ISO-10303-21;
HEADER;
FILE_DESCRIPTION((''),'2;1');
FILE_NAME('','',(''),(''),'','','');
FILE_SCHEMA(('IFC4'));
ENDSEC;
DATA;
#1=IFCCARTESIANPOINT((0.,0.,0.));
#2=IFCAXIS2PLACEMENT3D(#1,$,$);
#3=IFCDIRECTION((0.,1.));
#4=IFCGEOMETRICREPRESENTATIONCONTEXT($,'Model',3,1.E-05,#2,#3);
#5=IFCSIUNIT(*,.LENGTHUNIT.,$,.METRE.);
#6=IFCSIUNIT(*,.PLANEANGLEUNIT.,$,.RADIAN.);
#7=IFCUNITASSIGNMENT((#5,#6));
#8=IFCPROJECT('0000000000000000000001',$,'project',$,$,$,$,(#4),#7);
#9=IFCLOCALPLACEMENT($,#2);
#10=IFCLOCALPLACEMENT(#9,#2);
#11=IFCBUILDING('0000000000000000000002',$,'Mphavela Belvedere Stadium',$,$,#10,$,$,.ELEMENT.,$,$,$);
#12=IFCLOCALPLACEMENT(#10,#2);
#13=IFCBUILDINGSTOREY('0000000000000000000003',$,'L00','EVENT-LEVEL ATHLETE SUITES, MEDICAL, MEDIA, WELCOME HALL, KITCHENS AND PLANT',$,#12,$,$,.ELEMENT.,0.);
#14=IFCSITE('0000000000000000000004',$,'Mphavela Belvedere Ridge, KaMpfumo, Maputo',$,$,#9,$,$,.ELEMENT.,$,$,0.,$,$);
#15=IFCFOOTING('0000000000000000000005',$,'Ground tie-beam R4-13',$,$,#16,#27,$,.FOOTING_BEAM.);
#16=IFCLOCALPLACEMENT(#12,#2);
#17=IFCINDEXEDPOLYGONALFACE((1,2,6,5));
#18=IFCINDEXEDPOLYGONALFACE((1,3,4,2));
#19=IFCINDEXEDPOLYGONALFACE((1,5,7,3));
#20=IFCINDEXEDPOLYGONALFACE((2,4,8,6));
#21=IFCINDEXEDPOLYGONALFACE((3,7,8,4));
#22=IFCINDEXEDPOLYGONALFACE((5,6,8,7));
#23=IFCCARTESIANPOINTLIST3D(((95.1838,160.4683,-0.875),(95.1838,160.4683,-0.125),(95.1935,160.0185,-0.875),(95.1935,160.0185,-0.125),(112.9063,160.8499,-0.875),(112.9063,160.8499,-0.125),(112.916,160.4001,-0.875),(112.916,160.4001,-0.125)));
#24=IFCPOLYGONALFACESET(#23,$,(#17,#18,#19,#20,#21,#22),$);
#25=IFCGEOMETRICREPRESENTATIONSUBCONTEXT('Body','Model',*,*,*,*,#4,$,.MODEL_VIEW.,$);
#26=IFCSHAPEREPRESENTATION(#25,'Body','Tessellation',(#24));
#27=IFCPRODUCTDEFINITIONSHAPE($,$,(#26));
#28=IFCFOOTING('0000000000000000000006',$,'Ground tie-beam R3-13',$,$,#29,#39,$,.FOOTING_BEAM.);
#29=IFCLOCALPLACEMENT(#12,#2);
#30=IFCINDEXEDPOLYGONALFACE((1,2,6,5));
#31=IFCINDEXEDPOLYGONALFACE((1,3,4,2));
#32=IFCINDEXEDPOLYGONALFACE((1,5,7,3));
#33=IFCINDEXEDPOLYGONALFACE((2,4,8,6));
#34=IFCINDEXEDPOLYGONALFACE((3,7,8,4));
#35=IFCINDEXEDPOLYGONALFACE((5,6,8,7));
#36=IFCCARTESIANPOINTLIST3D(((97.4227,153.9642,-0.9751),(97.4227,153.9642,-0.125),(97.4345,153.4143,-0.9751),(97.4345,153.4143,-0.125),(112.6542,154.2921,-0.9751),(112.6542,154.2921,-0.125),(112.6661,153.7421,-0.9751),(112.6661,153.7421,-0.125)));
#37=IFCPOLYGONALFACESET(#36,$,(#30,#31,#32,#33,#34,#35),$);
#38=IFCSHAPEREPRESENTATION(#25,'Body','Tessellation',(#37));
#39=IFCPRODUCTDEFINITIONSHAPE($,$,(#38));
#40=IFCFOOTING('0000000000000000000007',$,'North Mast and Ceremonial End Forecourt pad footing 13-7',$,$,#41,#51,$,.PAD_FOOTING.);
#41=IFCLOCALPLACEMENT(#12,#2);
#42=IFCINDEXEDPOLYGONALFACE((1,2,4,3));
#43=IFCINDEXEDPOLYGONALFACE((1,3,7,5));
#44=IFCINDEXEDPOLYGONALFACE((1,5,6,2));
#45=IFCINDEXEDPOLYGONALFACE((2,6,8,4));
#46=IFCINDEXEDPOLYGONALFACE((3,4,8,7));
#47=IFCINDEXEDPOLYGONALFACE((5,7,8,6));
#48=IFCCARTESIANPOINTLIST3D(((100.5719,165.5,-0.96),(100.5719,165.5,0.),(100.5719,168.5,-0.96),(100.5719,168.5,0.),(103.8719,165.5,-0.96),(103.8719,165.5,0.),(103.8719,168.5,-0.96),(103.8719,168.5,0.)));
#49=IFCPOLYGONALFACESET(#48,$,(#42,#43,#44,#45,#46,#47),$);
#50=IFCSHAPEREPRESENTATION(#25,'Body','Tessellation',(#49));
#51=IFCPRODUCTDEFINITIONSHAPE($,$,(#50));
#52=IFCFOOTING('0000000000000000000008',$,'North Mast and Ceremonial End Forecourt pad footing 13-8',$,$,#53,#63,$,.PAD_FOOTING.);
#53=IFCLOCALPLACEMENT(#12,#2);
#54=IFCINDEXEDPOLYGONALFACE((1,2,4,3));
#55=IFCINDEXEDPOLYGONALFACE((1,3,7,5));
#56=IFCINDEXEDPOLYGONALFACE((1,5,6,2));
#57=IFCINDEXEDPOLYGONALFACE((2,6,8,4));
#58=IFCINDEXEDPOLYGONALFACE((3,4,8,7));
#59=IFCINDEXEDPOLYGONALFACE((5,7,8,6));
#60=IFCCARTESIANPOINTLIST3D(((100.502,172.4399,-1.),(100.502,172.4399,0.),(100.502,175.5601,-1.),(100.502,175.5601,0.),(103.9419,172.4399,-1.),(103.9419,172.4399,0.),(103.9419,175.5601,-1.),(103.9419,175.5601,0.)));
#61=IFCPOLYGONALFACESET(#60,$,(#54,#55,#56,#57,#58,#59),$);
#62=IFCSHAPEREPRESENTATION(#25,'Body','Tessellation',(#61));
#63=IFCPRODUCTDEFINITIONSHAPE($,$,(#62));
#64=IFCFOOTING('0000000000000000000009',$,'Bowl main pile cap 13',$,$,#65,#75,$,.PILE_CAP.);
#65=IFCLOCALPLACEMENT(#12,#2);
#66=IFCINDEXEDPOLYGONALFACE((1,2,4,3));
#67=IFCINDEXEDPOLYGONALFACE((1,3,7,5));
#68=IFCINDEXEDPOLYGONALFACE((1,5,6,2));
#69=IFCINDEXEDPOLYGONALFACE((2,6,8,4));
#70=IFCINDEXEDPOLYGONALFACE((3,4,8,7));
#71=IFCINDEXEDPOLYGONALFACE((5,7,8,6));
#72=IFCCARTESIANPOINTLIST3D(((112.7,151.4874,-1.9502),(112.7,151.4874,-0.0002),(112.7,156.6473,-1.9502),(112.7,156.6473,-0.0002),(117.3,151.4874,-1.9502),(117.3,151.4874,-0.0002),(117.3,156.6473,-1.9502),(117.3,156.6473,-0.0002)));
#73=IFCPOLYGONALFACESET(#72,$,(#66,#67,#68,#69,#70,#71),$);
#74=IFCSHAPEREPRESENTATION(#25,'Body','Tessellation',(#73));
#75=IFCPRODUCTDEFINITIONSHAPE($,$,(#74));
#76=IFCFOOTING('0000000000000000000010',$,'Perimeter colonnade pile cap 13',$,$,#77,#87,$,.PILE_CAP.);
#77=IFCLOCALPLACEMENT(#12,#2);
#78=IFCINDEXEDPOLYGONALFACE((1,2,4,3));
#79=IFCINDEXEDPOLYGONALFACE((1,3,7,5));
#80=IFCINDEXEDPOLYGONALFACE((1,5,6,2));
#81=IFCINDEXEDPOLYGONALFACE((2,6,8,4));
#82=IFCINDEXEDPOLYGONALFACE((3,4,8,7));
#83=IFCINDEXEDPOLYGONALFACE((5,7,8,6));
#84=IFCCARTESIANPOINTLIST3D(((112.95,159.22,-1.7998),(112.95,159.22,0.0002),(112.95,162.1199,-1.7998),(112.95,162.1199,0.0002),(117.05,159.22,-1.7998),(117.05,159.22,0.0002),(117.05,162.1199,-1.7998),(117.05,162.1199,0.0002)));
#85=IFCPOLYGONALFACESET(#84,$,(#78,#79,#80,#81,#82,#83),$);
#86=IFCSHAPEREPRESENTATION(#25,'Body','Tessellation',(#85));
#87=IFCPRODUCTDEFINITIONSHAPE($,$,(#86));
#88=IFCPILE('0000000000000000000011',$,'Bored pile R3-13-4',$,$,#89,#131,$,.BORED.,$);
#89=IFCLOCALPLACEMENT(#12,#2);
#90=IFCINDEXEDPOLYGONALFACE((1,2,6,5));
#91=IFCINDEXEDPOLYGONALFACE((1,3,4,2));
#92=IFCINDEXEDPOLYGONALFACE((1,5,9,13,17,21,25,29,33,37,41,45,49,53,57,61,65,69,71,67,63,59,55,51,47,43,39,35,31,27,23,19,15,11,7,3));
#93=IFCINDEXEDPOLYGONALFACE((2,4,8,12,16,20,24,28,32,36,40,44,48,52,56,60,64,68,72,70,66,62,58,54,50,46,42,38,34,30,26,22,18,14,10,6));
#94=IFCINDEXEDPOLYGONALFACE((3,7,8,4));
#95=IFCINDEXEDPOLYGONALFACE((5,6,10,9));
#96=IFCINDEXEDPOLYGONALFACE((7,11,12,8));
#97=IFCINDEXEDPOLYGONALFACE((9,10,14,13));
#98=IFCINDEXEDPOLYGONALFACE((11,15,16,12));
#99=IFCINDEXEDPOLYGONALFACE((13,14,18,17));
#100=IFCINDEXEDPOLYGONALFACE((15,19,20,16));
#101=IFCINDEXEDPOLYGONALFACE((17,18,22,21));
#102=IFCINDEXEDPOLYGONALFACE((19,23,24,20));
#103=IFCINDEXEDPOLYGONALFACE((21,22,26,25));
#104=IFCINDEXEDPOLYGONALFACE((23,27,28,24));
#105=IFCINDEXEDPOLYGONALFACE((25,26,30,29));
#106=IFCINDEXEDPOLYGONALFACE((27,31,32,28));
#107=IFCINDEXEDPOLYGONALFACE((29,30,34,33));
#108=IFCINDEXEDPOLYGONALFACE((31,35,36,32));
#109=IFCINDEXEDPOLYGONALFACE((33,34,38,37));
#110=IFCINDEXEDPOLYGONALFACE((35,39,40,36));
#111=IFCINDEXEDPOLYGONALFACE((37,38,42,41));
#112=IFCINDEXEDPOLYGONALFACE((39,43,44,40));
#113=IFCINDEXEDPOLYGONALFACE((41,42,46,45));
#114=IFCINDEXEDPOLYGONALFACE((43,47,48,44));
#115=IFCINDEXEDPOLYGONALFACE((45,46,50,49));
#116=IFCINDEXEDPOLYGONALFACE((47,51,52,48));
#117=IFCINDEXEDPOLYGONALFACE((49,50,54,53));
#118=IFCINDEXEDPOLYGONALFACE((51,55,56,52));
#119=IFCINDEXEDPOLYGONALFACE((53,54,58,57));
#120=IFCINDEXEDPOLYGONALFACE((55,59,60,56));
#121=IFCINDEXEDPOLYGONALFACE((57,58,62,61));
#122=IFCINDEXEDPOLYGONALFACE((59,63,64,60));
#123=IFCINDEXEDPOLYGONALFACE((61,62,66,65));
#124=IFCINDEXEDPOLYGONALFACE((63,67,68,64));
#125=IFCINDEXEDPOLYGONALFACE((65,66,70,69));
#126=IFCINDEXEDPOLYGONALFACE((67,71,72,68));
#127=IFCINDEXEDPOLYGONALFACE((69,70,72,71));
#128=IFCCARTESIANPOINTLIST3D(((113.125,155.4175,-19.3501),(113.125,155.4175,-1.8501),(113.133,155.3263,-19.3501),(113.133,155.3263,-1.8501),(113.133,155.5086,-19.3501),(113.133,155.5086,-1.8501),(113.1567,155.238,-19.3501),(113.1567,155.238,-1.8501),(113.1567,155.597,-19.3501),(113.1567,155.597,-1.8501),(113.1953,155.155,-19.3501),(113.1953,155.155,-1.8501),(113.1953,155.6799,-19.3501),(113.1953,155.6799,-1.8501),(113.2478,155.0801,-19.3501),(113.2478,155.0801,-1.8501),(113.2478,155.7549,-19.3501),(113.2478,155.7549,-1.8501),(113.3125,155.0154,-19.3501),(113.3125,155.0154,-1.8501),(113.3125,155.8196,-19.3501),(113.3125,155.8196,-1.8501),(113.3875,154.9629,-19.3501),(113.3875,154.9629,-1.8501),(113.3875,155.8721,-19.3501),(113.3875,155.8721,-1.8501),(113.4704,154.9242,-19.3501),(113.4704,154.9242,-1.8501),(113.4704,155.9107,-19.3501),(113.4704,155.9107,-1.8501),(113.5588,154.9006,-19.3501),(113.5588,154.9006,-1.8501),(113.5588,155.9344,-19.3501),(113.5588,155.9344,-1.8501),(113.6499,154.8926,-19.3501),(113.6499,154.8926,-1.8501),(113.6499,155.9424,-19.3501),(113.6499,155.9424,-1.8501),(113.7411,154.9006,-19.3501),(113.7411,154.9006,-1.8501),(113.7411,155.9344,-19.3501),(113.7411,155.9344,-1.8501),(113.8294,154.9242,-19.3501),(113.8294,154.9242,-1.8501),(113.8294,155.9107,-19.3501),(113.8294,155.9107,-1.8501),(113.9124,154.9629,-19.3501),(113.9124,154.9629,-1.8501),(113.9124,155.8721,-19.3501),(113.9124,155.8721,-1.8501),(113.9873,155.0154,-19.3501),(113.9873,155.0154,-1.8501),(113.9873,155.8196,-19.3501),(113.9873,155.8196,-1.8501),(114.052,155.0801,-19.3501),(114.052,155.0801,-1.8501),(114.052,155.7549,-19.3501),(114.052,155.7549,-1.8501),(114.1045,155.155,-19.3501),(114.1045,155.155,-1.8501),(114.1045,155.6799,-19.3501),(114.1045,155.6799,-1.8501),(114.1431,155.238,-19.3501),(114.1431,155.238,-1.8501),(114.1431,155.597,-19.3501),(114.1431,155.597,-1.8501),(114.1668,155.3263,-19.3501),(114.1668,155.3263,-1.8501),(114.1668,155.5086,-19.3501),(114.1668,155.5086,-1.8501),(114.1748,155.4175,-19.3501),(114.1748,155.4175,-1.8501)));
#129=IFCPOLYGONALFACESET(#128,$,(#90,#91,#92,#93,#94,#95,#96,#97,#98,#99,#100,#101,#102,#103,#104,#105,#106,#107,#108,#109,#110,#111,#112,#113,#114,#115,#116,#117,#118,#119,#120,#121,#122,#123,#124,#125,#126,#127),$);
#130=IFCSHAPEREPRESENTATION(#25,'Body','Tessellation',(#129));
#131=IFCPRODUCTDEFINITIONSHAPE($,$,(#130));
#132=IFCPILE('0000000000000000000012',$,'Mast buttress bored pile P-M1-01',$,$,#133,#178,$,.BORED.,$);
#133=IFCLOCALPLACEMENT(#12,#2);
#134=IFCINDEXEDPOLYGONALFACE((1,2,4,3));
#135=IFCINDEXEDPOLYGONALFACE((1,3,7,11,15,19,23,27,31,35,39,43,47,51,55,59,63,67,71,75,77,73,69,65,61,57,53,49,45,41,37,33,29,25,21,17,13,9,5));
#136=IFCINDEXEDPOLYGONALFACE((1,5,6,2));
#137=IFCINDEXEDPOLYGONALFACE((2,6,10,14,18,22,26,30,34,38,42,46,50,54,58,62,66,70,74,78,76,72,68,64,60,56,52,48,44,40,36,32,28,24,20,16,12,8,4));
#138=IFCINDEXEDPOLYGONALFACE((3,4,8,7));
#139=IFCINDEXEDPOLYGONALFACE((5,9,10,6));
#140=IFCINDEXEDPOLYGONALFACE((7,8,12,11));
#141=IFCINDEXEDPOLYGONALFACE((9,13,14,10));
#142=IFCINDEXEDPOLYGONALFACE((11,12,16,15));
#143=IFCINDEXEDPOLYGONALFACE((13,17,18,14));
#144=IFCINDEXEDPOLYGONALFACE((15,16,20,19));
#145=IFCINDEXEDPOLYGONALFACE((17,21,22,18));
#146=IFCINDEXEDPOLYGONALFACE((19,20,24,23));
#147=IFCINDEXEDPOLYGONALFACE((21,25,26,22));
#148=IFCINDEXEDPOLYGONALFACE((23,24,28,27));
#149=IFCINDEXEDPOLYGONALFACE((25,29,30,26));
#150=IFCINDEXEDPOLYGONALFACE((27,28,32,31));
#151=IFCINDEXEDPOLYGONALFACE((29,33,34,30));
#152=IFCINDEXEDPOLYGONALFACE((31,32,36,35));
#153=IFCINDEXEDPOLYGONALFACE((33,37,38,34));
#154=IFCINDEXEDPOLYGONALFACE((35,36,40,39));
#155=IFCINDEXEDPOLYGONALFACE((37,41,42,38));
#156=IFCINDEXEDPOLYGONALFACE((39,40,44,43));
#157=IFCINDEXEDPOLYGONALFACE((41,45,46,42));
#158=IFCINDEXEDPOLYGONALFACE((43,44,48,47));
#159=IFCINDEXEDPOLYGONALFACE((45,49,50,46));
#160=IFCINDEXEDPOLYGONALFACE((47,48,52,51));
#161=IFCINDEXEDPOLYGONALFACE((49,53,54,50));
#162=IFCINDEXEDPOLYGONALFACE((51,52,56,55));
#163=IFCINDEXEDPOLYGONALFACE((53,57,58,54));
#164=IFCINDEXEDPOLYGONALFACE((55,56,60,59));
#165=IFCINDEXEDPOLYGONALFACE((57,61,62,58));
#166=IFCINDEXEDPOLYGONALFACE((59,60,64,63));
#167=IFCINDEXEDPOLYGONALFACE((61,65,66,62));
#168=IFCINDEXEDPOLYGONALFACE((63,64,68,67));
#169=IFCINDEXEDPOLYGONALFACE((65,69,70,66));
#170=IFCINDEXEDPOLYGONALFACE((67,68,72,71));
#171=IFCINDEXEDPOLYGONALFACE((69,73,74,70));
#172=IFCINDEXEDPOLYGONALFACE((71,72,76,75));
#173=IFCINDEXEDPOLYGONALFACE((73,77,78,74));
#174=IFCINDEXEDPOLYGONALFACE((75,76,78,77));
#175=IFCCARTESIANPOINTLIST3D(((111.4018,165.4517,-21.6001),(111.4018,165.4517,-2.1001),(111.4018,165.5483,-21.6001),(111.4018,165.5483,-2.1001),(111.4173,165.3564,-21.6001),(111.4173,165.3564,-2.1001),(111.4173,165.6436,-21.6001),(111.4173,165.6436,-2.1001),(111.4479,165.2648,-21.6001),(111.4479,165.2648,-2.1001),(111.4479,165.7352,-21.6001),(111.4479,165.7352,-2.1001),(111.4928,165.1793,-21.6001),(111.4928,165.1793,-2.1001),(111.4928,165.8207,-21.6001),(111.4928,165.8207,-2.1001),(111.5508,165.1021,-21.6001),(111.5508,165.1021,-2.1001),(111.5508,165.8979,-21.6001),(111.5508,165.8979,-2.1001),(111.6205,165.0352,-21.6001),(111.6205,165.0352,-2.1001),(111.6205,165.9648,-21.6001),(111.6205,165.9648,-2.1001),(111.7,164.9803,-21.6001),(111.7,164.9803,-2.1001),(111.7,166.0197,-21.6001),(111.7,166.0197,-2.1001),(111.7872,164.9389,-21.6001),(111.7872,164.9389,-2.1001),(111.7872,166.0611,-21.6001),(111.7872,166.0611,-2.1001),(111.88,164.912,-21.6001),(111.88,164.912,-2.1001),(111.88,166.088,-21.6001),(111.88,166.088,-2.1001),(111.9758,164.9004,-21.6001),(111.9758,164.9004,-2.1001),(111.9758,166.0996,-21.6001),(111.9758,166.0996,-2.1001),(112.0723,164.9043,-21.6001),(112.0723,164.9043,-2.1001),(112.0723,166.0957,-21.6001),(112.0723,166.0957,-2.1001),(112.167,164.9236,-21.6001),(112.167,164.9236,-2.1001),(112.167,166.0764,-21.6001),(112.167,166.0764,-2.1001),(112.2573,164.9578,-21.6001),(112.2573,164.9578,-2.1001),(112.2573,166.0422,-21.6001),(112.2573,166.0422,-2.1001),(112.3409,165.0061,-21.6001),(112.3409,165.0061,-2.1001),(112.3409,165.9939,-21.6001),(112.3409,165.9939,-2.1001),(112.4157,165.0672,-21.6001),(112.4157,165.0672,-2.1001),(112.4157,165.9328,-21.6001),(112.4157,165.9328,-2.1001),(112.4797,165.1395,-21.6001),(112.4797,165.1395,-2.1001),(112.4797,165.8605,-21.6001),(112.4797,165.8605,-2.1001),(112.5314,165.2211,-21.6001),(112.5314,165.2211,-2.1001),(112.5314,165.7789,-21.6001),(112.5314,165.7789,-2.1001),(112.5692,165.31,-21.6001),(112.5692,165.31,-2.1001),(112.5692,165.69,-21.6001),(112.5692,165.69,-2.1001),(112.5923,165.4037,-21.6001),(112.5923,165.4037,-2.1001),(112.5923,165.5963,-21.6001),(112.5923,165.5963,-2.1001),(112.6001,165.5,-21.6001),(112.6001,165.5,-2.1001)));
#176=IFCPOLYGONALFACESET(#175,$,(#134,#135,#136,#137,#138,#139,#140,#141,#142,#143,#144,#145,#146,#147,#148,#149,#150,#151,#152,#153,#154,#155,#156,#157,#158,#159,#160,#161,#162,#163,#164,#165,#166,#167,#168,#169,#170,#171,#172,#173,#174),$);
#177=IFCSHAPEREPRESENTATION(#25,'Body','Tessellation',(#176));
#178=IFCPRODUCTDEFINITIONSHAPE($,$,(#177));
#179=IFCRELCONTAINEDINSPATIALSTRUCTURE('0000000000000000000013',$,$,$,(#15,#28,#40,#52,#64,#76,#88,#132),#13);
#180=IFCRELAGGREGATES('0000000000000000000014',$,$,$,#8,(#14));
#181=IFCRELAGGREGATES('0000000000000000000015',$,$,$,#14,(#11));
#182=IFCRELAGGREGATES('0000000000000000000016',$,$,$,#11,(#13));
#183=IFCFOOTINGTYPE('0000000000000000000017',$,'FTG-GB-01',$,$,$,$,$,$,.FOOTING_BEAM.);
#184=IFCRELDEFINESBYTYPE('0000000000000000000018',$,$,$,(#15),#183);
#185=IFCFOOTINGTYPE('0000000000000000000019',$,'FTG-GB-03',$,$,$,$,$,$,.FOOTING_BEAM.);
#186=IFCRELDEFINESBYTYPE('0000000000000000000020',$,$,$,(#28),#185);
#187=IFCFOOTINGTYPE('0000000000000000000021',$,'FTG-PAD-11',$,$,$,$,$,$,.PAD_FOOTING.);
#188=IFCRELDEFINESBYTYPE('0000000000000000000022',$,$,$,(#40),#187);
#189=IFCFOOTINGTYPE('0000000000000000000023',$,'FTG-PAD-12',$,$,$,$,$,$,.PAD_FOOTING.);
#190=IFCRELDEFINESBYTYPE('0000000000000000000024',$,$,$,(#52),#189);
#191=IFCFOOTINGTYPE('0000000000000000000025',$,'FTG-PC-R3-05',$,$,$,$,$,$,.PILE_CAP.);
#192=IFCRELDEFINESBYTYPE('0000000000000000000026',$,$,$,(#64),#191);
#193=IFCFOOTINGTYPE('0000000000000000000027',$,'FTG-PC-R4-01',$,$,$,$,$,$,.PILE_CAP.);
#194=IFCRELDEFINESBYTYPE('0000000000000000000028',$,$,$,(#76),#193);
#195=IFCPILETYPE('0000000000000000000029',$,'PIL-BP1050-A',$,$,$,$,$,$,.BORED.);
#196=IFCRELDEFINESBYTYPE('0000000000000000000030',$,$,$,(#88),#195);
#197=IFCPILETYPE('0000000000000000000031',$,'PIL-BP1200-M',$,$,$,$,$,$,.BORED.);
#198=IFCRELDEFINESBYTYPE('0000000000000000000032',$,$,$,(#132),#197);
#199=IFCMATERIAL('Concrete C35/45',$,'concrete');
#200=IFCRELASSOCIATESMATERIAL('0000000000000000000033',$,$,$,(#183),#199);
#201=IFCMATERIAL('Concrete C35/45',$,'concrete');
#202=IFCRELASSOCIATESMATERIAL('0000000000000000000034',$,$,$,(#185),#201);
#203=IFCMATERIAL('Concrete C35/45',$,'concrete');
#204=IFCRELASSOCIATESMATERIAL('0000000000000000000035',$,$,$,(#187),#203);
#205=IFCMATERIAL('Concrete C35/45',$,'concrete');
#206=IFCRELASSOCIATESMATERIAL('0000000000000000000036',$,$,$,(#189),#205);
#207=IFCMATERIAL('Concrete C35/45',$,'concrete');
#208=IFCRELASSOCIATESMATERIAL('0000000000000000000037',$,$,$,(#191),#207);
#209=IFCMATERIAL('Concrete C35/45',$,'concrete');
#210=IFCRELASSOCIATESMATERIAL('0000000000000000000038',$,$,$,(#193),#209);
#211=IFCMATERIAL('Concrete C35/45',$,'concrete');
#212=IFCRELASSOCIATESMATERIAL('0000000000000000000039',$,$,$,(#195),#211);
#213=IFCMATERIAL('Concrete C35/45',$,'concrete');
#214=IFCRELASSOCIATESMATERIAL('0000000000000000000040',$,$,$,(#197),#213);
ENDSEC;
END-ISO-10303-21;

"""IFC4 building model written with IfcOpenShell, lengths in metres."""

from ifc_helpers import new_model, si_unit, direction, frame, origin, origin_2d, place, context, subcontext, project, spatial, rectangle, circle, extrude, material, material_profile, profile_set, type_object, element, save


model = new_model("IFC4")

# Units and contexts
model_context = context("Model", 3, precision=1e-05, world=origin(), true_north=direction((0.0, 1.0)))
body_context = subcontext(model_context, "Body", "Model", "MODEL_VIEW")
ifc_project = project(units=[si_unit("LENGTHUNIT", "METRE"), si_unit("PLANEANGLEUNIT", "RADIAN")], contexts=[model_context])

# Site, building, storey
site_placement = place(None, origin())
site = spatial("IfcSite", under=ifc_project, at=site_placement, Name="Mphavela Belvedere Ridge, KaMpfumo, Maputo", CompositionType="ELEMENT", RefElevation=0.0)
building_placement = place(site_placement, origin())
building = spatial("IfcBuilding", under=site, at=building_placement, Name="Mphavela Belvedere Stadium", CompositionType="ELEMENT")
storey_placement = place(building_placement, origin())
storey = spatial("IfcBuildingStorey", under=building, at=storey_placement, Name="L00", Description="EVENT-LEVEL ATHLETE SUITES, MEDICAL, MEDIA, WELCOME HALL, KITCHENS AND PLANT", CompositionType="ELEMENT", Elevation=0.0)

# Footings
ifc_material_1 = material(Name="Concrete C35/45", Category="concrete")
ifc_material_profile_1 = material_profile(ifc_material_1, rectangle(XDim=0.45, YDim=0.75, at=origin_2d()), Name="GB 450x750")
ifc_profile_set_1 = profile_set([ifc_material_profile_1], Name="Concrete C35/45")
footing_type_1 = type_object("IfcFootingType", Name="FTG-GB-01", PredefinedType="FOOTING_BEAM", material=ifc_profile_set_1)
footing_1_placement = place(storey_placement, frame((112.9111, 160.625, -0.5), z_axis=(-0.999768, -0.021527, 0.0), x_axis=(0.021527, -0.999768, 0.0)))
element("IfcFooting", 1, at=footing_1_placement, inside=storey, type_object=footing_type_1, Name="Ground tie-beam R4-13", PredefinedType="FOOTING_BEAM", context=body_context, shape_type="SweptSolid", body=[
    extrude(rectangle(XDim=0.45, YDim=0.75, at=origin_2d()), origin(), (0.0, 0.0, 1.0), 17.7266),
])
ifc_material_2 = material(Name="Concrete C35/45", Category="concrete")
ifc_material_profile_2 = material_profile(ifc_material_2, rectangle(XDim=0.55, YDim=0.8501, at=origin_2d()), Name="GB 550x850")
ifc_profile_set_2 = profile_set([ifc_material_profile_2], Name="Concrete C35/45")
footing_type_2 = type_object("IfcFootingType", Name="FTG-GB-03", PredefinedType="FOOTING_BEAM", material=ifc_profile_set_2)
footing_2_placement = place(storey_placement, frame((112.6602, 154.0171, -0.55), z_axis=(-0.999768, -0.021521, 0.0), x_axis=(0.021521, -0.999768, 0.0)))
element("IfcFooting", 2, at=footing_2_placement, inside=storey, type_object=footing_type_2, Name="Ground tie-beam R3-13", PredefinedType="FOOTING_BEAM", context=body_context, shape_type="SweptSolid", body=[
    extrude(rectangle(XDim=0.55, YDim=0.8501, at=origin_2d()), origin(), (0.0, 0.0, 1.0), 15.2351),
])
ifc_material_3 = material(Name="Concrete C35/45", Category="concrete")
footing_type_3 = type_object("IfcFootingType", Name="FTG-PAD-11", PredefinedType="PAD_FOOTING", material=ifc_material_3)
footing_3_placement = place(storey_placement, frame((102.2219, 167.0, -0.96), z_axis=(0.0, 0.0, 1.0), x_axis=(1.0, 0.0, 0.0)))
element("IfcFooting", 3, at=footing_3_placement, inside=storey, type_object=footing_type_3, Name="North Mast and Ceremonial End Forecourt pad footing 13-7", PredefinedType="PAD_FOOTING", context=body_context, shape_type="SweptSolid", body=[
    extrude(rectangle(XDim=3.3, YDim=3.0, at=origin_2d()), origin(), (0.0, 0.0, 1.0), 0.96),
])
ifc_material_4 = material(Name="Concrete C35/45", Category="concrete")
footing_type_4 = type_object("IfcFootingType", Name="FTG-PAD-12", PredefinedType="PAD_FOOTING", material=ifc_material_4)
footing_4_placement = place(storey_placement, frame((102.2219, 174.0, -1.0), z_axis=(0.0, 0.0, 1.0), x_axis=(1.0, 0.0, 0.0)))
element("IfcFooting", 4, at=footing_4_placement, inside=storey, type_object=footing_type_4, Name="North Mast and Ceremonial End Forecourt pad footing 13-8", PredefinedType="PAD_FOOTING", context=body_context, shape_type="SweptSolid", body=[
    extrude(rectangle(XDim=3.4399, YDim=3.1201, at=origin_2d()), origin(), (0.0, 0.0, 1.0), 1.0),
])
ifc_material_5 = material(Name="Concrete C35/45", Category="concrete")
footing_type_5 = type_object("IfcFootingType", Name="FTG-PC-R3-05", PredefinedType="PILE_CAP", material=ifc_material_5)
footing_5_placement = place(storey_placement, frame((115.0, 154.0674, -1.9502), z_axis=(0.0, 0.0, 1.0), x_axis=(0.0, 1.0, 0.0)))
element("IfcFooting", 5, at=footing_5_placement, inside=storey, type_object=footing_type_5, Name="Bowl main pile cap 13", PredefinedType="PILE_CAP", context=body_context, shape_type="SweptSolid", body=[
    extrude(rectangle(XDim=5.1599, YDim=4.6001, at=origin_2d()), origin(), (0.0, 0.0, 1.0), 1.95),
])
ifc_material_6 = material(Name="Concrete C35/45", Category="concrete")
footing_type_6 = type_object("IfcFootingType", Name="FTG-PC-R4-01", PredefinedType="PILE_CAP", material=ifc_material_6)
footing_6_placement = place(storey_placement, frame((115.0, 160.6699, -1.7998), z_axis=(0.0, 0.0, 1.0), x_axis=(-1.0, 0.0, 0.0)))
element("IfcFooting", 6, at=footing_6_placement, inside=storey, type_object=footing_type_6, Name="Perimeter colonnade pile cap 13", PredefinedType="PILE_CAP", context=body_context, shape_type="SweptSolid", body=[
    extrude(rectangle(XDim=4.1001, YDim=2.8999, at=origin_2d()), origin(), (0.0, 0.0, 1.0), 1.8),
])

# Piles
ifc_material_7 = material(Name="Concrete C35/45", Category="concrete")
ifc_material_profile_3 = material_profile(ifc_material_7, circle(Radius=0.5249, at=origin_2d()), Name="BP D1050")
ifc_profile_set_3 = profile_set([ifc_material_profile_3], Name="Concrete C35/45")
pile_type_1 = type_object("IfcPileType", Name="PIL-BP1050-A", PredefinedType="BORED", material=ifc_profile_set_3)
pile_1_placement = place(storey_placement, frame((113.6499, 155.4175, -1.8501), z_axis=(0.0, 0.0, -1.0), x_axis=(1.0, 0.0, 0.0)))
element("IfcPile", 7, at=pile_1_placement, inside=storey, type_object=pile_type_1, Name="Bored pile R3-13-4", PredefinedType="BORED", context=body_context, shape_type="SweptSolid", body=[
    extrude(circle(Radius=0.5249, at=origin_2d()), origin(), (0.0, 0.0, 1.0), 17.5),
])
ifc_material_8 = material(Name="Concrete C35/45", Category="concrete")
ifc_material_profile_4 = material_profile(ifc_material_8, circle(Radius=0.6001, at=origin_2d()), Name="BP D1200")
ifc_profile_set_4 = profile_set([ifc_material_profile_4], Name="Concrete C35/45")
pile_type_2 = type_object("IfcPileType", Name="PIL-BP1200-M", PredefinedType="BORED", material=ifc_profile_set_4)
for number, where, z_axis, x_axis, name in (
    (8, (112.0, 165.5, -2.1001), (0.0, 0.0, -1.0), (1.0, 0.0, 0.0), "Mast buttress bored pile P-M1-01"),
):
    element("IfcPile", number, at=place(storey_placement, frame(where, z_axis=z_axis, x_axis=x_axis)), inside=storey, type_object=pile_type_2, Name=name, PredefinedType="BORED", context=body_context, shape_type="SweptSolid", body=[
        extrude(circle(Radius=0.6001, at=origin_2d()), origin(), (0.0, 0.0, 1.0), 19.5),
    ])

save(model, "model.ifc")
